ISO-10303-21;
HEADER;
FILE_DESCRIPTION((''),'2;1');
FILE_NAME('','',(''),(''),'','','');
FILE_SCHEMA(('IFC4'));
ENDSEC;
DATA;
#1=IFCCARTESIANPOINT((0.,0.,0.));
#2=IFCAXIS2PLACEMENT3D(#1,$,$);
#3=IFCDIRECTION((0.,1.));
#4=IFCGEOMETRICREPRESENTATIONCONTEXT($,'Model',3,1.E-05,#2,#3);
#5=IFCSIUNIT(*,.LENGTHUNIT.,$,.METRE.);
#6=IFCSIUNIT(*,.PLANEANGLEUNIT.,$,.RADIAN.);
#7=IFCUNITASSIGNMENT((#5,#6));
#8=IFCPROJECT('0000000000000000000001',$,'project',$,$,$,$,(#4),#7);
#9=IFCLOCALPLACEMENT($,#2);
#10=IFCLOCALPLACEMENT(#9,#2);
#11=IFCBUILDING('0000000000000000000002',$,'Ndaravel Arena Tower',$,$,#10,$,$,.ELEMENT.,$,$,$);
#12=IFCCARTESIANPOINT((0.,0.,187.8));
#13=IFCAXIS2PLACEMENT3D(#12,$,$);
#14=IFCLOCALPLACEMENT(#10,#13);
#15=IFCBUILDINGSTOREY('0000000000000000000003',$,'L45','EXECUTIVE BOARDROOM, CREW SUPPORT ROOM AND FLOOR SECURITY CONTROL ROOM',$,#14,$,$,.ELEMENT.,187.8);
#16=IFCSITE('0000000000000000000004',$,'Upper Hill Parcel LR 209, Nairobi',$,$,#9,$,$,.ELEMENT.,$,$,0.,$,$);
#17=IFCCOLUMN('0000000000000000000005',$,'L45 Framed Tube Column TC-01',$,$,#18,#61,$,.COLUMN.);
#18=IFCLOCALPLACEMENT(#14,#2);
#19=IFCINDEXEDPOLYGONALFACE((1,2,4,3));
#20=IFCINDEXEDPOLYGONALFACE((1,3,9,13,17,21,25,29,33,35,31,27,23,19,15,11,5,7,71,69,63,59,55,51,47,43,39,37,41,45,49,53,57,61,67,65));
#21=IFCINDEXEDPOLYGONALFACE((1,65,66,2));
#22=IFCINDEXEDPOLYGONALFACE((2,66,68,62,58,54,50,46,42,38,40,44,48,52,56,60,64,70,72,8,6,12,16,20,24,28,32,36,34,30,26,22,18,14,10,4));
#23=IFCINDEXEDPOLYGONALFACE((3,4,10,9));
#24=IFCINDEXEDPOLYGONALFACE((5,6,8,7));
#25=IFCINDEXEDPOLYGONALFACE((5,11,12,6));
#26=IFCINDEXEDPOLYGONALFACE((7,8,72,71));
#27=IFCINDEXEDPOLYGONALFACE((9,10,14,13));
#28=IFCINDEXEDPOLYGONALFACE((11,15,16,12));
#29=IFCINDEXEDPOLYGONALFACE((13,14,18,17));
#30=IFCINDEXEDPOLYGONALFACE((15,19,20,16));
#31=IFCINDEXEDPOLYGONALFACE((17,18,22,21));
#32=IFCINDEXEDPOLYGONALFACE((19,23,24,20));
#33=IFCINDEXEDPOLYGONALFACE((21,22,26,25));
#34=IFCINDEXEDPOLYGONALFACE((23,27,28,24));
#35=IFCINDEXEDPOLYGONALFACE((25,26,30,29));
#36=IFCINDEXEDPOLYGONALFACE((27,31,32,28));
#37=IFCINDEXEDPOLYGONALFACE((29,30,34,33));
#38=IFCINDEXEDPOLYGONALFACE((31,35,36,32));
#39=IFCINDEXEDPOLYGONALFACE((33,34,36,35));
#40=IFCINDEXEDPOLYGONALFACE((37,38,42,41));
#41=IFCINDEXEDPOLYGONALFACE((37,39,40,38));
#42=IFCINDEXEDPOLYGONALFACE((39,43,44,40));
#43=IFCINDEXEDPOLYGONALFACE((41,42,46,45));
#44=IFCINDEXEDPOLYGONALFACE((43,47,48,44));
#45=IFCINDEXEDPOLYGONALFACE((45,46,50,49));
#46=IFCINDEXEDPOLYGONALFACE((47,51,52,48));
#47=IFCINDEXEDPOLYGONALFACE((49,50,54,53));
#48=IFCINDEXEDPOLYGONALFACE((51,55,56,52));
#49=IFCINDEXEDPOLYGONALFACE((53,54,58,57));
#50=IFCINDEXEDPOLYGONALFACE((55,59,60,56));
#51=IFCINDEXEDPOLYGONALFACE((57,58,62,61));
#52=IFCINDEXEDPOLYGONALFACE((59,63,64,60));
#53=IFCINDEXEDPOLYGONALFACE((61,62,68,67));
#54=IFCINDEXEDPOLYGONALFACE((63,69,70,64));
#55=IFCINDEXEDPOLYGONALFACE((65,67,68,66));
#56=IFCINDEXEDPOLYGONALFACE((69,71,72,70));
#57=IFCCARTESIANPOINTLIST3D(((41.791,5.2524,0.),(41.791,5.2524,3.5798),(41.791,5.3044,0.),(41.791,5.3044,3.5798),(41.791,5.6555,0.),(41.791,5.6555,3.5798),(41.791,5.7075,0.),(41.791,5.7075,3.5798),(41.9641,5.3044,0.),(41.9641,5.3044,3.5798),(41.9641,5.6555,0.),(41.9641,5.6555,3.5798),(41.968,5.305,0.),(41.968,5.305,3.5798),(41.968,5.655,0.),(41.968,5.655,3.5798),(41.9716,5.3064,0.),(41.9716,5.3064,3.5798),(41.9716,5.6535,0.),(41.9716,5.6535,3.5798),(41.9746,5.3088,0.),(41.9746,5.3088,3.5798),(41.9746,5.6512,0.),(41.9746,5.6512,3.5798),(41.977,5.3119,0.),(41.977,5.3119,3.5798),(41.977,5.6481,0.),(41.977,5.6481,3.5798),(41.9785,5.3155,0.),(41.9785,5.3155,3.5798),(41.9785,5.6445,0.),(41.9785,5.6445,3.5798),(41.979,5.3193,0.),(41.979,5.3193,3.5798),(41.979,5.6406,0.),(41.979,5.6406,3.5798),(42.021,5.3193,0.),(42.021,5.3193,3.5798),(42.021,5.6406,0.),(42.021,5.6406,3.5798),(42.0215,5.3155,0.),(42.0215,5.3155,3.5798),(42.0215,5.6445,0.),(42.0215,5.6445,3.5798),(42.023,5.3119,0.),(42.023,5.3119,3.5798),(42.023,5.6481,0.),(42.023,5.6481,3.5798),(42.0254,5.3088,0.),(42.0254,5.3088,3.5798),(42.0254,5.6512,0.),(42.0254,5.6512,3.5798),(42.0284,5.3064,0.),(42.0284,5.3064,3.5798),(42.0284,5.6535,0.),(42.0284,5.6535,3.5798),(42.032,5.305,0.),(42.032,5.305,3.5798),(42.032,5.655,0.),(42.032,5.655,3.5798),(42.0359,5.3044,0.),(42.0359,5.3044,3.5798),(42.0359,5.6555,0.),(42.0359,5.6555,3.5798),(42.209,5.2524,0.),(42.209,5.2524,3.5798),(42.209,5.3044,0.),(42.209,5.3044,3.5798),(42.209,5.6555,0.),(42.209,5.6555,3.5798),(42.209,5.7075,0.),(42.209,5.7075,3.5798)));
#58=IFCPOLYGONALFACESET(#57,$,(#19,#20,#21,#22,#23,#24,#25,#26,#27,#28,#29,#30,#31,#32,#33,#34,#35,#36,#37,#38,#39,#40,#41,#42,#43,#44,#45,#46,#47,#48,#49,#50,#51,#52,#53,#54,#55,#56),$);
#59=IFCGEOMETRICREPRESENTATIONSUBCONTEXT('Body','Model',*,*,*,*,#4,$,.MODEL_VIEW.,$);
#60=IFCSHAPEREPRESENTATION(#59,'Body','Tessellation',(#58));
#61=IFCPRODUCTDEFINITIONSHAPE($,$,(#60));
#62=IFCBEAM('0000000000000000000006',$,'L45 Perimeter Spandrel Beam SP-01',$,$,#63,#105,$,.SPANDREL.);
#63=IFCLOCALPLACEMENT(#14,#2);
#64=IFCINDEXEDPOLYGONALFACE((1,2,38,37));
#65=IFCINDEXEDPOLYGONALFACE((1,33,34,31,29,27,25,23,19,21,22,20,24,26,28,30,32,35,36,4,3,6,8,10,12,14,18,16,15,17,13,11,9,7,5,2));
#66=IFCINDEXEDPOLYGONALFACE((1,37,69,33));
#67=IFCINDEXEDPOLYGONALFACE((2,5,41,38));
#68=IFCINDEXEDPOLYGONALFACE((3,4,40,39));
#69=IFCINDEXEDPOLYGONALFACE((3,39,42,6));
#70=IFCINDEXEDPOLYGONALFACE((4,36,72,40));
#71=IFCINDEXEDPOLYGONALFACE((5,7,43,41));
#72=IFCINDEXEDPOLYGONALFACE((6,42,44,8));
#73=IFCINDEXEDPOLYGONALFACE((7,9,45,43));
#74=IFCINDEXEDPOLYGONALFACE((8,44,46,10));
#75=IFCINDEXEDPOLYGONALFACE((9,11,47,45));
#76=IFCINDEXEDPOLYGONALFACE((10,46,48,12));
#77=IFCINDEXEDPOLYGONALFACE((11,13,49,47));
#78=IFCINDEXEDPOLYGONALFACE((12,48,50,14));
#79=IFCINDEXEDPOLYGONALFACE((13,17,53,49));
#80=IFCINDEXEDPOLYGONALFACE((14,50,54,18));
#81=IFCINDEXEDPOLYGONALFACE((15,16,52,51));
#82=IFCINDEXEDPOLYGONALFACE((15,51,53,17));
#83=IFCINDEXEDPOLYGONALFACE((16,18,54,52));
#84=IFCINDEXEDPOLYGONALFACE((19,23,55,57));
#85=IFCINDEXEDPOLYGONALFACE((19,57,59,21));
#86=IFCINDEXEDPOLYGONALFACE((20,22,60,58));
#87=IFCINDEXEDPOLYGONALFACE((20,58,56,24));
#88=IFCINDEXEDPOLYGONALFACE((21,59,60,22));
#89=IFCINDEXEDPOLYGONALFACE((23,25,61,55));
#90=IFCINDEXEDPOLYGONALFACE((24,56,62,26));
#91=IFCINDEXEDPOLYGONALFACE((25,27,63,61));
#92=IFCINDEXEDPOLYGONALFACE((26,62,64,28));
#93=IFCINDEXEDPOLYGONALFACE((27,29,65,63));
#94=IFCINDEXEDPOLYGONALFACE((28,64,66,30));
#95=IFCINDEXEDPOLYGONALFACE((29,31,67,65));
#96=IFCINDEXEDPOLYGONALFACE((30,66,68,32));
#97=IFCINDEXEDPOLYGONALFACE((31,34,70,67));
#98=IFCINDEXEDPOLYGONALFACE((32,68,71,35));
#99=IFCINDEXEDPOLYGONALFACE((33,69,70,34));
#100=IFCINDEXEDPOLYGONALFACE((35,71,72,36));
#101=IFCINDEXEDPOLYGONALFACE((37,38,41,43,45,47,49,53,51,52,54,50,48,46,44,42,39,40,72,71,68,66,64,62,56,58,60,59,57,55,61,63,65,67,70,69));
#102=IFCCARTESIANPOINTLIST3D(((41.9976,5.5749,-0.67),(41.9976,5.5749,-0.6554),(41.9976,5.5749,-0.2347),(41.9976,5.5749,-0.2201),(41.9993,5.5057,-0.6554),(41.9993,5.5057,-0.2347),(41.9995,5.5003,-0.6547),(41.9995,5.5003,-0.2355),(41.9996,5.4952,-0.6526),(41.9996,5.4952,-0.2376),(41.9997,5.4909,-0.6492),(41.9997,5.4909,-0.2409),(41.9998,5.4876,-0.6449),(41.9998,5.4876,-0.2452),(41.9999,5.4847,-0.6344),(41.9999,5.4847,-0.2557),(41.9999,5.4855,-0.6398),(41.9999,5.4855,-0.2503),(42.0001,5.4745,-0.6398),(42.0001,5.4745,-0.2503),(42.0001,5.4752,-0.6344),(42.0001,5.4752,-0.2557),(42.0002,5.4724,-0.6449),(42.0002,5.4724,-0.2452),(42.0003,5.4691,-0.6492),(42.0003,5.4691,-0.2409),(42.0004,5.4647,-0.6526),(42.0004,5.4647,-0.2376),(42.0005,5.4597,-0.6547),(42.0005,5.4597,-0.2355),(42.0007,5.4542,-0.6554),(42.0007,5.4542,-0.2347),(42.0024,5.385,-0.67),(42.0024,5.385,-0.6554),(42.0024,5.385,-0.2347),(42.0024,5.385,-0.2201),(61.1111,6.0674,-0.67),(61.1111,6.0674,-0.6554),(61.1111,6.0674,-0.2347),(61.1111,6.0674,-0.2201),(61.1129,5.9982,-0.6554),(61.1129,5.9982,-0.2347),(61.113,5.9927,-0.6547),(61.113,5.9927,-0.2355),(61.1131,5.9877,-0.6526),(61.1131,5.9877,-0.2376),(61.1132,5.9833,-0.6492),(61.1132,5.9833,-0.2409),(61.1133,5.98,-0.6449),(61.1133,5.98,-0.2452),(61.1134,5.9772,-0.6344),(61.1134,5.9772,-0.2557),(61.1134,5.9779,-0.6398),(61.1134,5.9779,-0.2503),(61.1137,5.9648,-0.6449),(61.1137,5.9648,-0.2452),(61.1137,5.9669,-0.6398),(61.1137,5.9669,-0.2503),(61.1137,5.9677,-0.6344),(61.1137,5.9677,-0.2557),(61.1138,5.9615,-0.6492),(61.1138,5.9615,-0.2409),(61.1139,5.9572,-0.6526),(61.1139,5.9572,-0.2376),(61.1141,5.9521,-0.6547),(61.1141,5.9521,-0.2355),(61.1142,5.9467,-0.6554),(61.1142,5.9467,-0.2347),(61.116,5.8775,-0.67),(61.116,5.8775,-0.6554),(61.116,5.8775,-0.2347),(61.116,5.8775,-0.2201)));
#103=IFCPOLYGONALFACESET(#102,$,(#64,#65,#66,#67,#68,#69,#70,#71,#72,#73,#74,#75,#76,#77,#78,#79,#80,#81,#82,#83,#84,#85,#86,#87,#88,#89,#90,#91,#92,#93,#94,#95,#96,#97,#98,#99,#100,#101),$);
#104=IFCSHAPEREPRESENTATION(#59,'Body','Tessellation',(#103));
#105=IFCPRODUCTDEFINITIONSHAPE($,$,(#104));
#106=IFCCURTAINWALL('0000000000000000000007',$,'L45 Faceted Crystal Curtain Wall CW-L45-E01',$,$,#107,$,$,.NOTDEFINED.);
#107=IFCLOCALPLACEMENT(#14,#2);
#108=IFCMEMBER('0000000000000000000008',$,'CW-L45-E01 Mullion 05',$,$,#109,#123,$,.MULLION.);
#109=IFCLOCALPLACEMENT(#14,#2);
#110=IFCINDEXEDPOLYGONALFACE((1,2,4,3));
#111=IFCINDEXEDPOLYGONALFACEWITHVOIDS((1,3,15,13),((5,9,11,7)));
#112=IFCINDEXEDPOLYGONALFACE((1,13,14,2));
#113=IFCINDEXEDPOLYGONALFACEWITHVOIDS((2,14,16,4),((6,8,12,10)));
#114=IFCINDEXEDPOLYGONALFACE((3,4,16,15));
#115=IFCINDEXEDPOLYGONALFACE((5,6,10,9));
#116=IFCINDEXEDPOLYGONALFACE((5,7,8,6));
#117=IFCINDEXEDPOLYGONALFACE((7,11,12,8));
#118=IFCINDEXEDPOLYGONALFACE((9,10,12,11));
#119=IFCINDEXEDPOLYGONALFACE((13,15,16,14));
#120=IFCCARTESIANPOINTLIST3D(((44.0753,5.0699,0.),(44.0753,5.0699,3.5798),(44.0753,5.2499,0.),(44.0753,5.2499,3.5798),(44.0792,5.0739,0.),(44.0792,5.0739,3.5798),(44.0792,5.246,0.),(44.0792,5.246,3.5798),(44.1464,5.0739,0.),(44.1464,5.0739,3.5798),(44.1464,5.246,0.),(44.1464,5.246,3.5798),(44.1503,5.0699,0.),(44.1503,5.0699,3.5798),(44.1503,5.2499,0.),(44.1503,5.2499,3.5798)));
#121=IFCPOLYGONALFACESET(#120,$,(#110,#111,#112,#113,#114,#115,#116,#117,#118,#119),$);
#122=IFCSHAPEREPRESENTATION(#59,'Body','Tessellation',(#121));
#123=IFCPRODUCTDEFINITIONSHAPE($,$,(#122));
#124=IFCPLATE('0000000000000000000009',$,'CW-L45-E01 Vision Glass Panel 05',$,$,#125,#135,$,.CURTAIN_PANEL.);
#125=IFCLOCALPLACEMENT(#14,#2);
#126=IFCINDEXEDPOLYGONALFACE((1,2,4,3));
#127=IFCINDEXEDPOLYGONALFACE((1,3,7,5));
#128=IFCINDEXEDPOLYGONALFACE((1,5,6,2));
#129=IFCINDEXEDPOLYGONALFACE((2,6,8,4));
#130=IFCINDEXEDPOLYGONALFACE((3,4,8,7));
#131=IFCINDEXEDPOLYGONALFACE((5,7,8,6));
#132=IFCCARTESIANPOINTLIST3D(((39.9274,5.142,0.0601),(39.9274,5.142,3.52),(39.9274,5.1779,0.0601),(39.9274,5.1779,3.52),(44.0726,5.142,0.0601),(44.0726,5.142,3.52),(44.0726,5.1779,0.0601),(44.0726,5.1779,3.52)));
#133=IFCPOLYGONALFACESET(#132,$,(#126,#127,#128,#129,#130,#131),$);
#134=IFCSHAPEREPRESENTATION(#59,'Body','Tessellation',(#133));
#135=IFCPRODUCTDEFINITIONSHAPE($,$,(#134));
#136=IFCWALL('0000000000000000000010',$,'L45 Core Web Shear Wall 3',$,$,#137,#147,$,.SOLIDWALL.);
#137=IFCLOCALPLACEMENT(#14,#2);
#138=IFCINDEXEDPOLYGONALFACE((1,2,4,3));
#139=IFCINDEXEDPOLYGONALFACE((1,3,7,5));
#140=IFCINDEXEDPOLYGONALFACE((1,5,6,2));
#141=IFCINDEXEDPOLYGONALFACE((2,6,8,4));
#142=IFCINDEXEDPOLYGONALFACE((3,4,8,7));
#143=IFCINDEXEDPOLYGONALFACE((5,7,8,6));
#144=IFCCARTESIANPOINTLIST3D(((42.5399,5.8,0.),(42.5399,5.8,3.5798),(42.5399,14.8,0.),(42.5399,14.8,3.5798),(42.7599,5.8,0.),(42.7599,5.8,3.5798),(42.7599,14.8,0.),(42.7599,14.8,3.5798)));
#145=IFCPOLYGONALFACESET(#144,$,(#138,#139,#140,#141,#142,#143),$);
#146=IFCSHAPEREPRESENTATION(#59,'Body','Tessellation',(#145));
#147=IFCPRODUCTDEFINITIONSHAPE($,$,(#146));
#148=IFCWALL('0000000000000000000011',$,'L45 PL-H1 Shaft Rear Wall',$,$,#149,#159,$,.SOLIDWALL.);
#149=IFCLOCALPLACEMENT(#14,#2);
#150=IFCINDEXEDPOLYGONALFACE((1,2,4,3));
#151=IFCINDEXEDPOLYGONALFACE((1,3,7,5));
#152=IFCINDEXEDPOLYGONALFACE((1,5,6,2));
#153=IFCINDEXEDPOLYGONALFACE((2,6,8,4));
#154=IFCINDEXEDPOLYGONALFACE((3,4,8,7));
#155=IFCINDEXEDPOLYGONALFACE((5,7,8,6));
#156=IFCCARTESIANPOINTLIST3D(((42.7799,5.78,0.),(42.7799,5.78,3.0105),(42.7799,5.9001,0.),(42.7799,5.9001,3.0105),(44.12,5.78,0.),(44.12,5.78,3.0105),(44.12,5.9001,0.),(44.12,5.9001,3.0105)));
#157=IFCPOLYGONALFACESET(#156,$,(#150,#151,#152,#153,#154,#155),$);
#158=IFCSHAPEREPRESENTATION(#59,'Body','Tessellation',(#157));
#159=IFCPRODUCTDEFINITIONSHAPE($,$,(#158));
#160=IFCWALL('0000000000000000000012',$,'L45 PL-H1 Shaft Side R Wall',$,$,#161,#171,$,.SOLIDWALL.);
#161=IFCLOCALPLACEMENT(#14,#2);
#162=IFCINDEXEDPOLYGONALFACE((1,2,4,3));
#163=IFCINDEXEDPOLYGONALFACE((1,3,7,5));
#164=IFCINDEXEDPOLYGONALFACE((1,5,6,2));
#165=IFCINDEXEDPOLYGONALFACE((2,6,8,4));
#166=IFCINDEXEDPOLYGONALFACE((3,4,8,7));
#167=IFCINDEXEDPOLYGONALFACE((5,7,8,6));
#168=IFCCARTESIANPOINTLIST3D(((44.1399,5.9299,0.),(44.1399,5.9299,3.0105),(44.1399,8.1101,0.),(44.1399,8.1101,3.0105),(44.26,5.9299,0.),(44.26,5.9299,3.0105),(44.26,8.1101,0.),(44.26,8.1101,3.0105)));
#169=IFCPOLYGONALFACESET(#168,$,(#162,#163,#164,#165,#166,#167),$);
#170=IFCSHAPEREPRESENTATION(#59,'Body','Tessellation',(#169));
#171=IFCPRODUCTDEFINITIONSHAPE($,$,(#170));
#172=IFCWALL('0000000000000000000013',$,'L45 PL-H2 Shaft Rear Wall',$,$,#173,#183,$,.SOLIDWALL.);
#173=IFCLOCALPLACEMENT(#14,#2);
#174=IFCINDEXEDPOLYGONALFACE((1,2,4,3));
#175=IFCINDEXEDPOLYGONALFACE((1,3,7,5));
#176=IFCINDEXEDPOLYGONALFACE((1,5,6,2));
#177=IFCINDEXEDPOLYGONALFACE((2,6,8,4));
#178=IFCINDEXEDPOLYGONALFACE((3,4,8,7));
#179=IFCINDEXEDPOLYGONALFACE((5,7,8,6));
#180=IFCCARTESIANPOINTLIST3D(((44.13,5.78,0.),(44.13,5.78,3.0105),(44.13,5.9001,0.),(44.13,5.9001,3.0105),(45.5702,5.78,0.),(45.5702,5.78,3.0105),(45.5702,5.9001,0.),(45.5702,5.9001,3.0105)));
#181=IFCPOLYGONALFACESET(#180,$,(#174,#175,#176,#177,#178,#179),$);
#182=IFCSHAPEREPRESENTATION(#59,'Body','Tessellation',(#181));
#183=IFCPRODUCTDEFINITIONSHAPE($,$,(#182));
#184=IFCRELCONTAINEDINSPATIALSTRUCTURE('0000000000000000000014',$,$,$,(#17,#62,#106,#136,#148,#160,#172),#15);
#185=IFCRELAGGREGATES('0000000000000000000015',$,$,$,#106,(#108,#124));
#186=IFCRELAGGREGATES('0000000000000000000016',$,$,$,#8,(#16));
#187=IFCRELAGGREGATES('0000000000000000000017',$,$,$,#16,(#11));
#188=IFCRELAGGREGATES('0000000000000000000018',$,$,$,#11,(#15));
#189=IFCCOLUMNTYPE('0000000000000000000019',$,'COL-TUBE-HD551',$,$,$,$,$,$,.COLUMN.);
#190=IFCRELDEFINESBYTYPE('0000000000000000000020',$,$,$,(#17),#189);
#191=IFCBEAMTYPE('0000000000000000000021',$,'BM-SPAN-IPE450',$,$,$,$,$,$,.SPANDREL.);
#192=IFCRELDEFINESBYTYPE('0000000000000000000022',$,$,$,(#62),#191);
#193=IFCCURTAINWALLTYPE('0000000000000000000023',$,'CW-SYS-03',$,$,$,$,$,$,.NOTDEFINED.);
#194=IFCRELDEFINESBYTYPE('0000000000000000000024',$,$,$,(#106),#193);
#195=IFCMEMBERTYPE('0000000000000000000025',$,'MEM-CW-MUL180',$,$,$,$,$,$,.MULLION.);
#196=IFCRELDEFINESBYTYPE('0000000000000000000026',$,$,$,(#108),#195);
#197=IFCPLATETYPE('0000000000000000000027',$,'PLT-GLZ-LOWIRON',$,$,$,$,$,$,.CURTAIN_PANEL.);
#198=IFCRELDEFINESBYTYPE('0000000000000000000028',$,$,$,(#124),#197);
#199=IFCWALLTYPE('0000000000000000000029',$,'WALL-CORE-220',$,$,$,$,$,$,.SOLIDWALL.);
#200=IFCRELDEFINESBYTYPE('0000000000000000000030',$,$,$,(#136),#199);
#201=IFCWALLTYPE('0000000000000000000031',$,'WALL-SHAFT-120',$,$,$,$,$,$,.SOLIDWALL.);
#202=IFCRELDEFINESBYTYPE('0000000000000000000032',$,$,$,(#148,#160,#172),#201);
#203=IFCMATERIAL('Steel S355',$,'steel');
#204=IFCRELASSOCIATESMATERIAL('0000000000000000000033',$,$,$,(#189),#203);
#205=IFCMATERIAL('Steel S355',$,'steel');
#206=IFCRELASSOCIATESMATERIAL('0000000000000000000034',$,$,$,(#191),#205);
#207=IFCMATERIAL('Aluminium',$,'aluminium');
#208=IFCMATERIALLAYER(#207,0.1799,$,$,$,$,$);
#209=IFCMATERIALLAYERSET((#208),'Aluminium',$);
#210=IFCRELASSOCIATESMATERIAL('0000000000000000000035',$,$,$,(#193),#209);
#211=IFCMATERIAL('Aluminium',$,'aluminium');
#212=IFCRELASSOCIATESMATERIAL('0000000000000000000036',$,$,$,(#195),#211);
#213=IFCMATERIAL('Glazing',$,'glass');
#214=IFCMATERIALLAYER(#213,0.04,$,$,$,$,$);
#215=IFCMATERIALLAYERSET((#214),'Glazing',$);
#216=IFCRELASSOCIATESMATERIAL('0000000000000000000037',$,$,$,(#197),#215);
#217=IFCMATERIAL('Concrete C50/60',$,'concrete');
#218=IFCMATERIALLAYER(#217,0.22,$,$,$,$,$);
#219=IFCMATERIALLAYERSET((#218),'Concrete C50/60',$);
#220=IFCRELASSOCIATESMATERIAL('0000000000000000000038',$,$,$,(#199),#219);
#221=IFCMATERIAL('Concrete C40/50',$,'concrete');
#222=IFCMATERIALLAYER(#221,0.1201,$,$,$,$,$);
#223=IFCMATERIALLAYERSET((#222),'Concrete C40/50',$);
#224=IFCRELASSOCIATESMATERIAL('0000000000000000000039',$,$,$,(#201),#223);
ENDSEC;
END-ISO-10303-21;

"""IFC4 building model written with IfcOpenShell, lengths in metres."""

from ifc_helpers import new_model, si_unit, direction, frame, frame_2d, origin, origin_2d, place, context, subcontext, project, spatial, rectangle, hollow_rectangle, i_section, extrude, material, layer, layer_set, material_profile, profile_set, type_object, element, aggregate, save


model = new_model("IFC4")

# Units and contexts
model_context = context("Model", 3, precision=1e-05, world=origin(), true_north=direction((0.0, 1.0)))
body_context = subcontext(model_context, "Body", "Model", "MODEL_VIEW")
ifc_project = project(units=[si_unit("LENGTHUNIT", "METRE"), si_unit("PLANEANGLEUNIT", "RADIAN")], contexts=[model_context])

# Site, building, storey
site_placement = place(None, origin())
site = spatial("IfcSite", under=ifc_project, at=site_placement, Name="Upper Hill Parcel LR 209, Nairobi", CompositionType="ELEMENT", RefElevation=0.0)
building_placement = place(site_placement, origin())
building = spatial("IfcBuilding", under=site, at=building_placement, Name="Ndaravel Arena Tower", CompositionType="ELEMENT")
storey_placement = place(building_placement, frame((0.0, 0.0, 187.8)))
storey = spatial("IfcBuildingStorey", under=building, at=storey_placement, Name="L45", Description="EXECUTIVE BOARDROOM, CREW SUPPORT ROOM AND FLOOR SECURITY CONTROL ROOM", CompositionType="ELEMENT", Elevation=187.8)

# Column
ifc_material_1 = material(Name="Steel S355", Category="steel")
ifc_material_profile_1 = material_profile(ifc_material_1, i_section(OverallWidth=0.418, OverallDepth=0.4551, WebThickness=0.042, FlangeThickness=0.052, FilletRadius=0.0149, at=origin_2d()), Name="HD 400x551")
ifc_profile_set_1 = profile_set([ifc_material_profile_1], Name="Steel S355")
column_type = type_object("IfcColumnType", Name="COL-TUBE-HD551", PredefinedType="COLUMN", material=ifc_profile_set_1)
column_placement = place(storey_placement, frame((42.0, 5.48, 0.0), z_axis=(0.0, 0.0, 1.0), x_axis=(1.0, 0.0, 0.0)))
element("IfcColumn", 1, at=column_placement, inside=storey, type_object=column_type, Name="L45 Framed Tube Column TC-01", PredefinedType="COLUMN", context=body_context, shape_type="SweptSolid", body=[
    extrude(i_section(OverallWidth=0.418, OverallDepth=0.4551, WebThickness=0.042, FlangeThickness=0.052, FilletRadius=0.0149, at=origin_2d()), origin(), (0.0, 0.0, 1.0), 3.5798),
])

# Beam
ifc_material_2 = material(Name="Steel S355", Category="steel")
ifc_material_profile_2 = material_profile(ifc_material_2, i_section(OverallWidth=0.1899, OverallDepth=0.45, WebThickness=0.0095, FlangeThickness=0.0146, FilletRadius=0.021, at=origin_2d()), Name="IPE 450")
ifc_profile_set_2 = profile_set([ifc_material_profile_2], Name="Steel S355")
beam_type = type_object("IfcBeamType", Name="BM-SPAN-IPE450", PredefinedType="SPANDREL", material=ifc_profile_set_2)
beam_placement = place(storey_placement, frame((42.0, 5.48, -0.4451), z_axis=(0.999668, 0.025755, 0.0), x_axis=(-0.025755, 0.999668, 0.0)))
element("IfcBeam", 2, at=beam_placement, inside=storey, type_object=beam_type, Name="L45 Perimeter Spandrel Beam SP-01", PredefinedType="SPANDREL", context=body_context, shape_type="SweptSolid", body=[
    extrude(i_section(OverallWidth=0.1899, OverallDepth=0.45, WebThickness=0.0095, FlangeThickness=0.0146, FilletRadius=0.021, at=origin_2d()), origin(), (0.0, 0.0, 1.0), 19.1199),
])

# Curtain wall, member, plate
ifc_material_3 = material(Name="Aluminium", Category="aluminium")
ifc_layer_1 = layer(ifc_material_3, 0.1799)
ifc_layer_set_1 = layer_set([ifc_layer_1], Name="Aluminium")
curtain_wall_type = type_object("IfcCurtainWallType", Name="CW-SYS-03", PredefinedType="NOTDEFINED", material=ifc_layer_set_1)
curtain_wall_placement = place(storey_placement, origin())
curtain_wall = element("IfcCurtainWall", 3, at=curtain_wall_placement, inside=storey, type_object=curtain_wall_type, Name="L45 Faceted Crystal Curtain Wall CW-L45-E01", PredefinedType="NOTDEFINED")
ifc_material_4 = material(Name="Aluminium", Category="aluminium")
ifc_material_profile_3 = material_profile(ifc_material_4, hollow_rectangle(XDim=0.075, YDim=0.1799, WallThickness=0.0039, at=origin_2d()), Name="CW MULLION 75x180x4")
ifc_profile_set_3 = profile_set([ifc_material_profile_3], Name="Aluminium")
member_type = type_object("IfcMemberType", Name="MEM-CW-MUL180", PredefinedType="MULLION", material=ifc_profile_set_3)
member_placement = place(storey_placement, frame((44.1128, 5.1599, 0.0), z_axis=(0.0, 0.0, 1.0), x_axis=(1.0, 0.0, 0.0)))
member = element("IfcMember", 4, at=member_placement, type_object=member_type, Name="CW-L45-E01 Mullion 05", PredefinedType="MULLION", context=body_context, shape_type="SweptSolid", body=[
    extrude(hollow_rectangle(XDim=0.075, YDim=0.1799, WallThickness=0.0039, at=origin_2d()), origin(), (0.0, 0.0, 1.0), 3.5798),
])
ifc_material_5 = material(Name="Glazing", Category="glass")
ifc_layer_2 = layer(ifc_material_5, 0.04)
ifc_layer_set_2 = layer_set([ifc_layer_2], Name="Glazing")
plate_type = type_object("IfcPlateType", Name="PLT-GLZ-LOWIRON", PredefinedType="CURTAIN_PANEL", material=ifc_layer_set_2)
plate_placement = place(storey_placement, frame((42.0, 5.1599, 0.0601), z_axis=(0.0, 0.0, 1.0), x_axis=(1.0, 0.0, 0.0)))
plate = element("IfcPlate", 5, at=plate_placement, type_object=plate_type, Name="CW-L45-E01 Vision Glass Panel 05", PredefinedType="CURTAIN_PANEL", context=body_context, shape_type="SweptSolid", body=[
    extrude(rectangle(XDim=4.1453, YDim=0.0359, at=origin_2d()), origin(), (0.0, 0.0, 1.0), 3.46),
])
aggregate(curtain_wall, [member, plate])

# Walls
ifc_material_6 = material(Name="Concrete C50/60", Category="concrete")
ifc_layer_3 = layer(ifc_material_6, 0.22)
ifc_layer_set_3 = layer_set([ifc_layer_3], Name="Concrete C50/60")
wall_type_1 = type_object("IfcWallType", Name="WALL-CORE-220", PredefinedType="SOLIDWALL", material=ifc_layer_set_3)
wall_1_placement = place(storey_placement, frame((42.6499, 5.8, 0.0), z_axis=(0.0, 0.0, 1.0), x_axis=(0.0, 1.0, 0.0)))
element("IfcWall", 6, at=wall_1_placement, inside=storey, type_object=wall_type_1, Name="L45 Core Web Shear Wall 3", PredefinedType="SOLIDWALL", context=body_context, shape_type="SweptSolid", body=[
    extrude(rectangle(XDim=9.0, YDim=0.22, at=frame_2d((4.5, 0.0))), origin(), (0.0, 0.0, 1.0), 3.5798),
])
ifc_material_7 = material(Name="Concrete C40/50", Category="concrete")
ifc_layer_4 = layer(ifc_material_7, 0.1201)
ifc_layer_set_4 = layer_set([ifc_layer_4], Name="Concrete C40/50")
wall_type_2 = type_object("IfcWallType", Name="WALL-SHAFT-120", PredefinedType="SOLIDWALL", material=ifc_layer_set_4)
wall_2_placement = place(storey_placement, frame((42.78, 5.8401, 0.0), z_axis=(0.0, 0.0, 1.0), x_axis=(1.0, 0.0, 0.0)))
element("IfcWall", 7, at=wall_2_placement, inside=storey, type_object=wall_type_2, Name="L45 PL-H1 Shaft Rear Wall", PredefinedType="SOLIDWALL", context=body_context, shape_type="SweptSolid", body=[
    extrude(rectangle(XDim=1.3401, YDim=0.1201, at=frame_2d((0.6699, 0.0))), origin(), (0.0, 0.0, 1.0), 3.0105),
])
wall_3_placement = place(storey_placement, frame((44.2, 5.9299, 0.0), z_axis=(0.0, 0.0, 1.0), x_axis=(0.0, 1.0, 0.0)))
element("IfcWall", 8, at=wall_3_placement, inside=storey, type_object=wall_type_2, Name="L45 PL-H1 Shaft Side R Wall", PredefinedType="SOLIDWALL", context=body_context, shape_type="SweptSolid", body=[
    extrude(rectangle(XDim=2.1802, YDim=0.1201, at=frame_2d((1.0901, 0.0))), origin(), (0.0, 0.0, 1.0), 3.0105),
])
wall_4_placement = place(storey_placement, frame((44.1299, 5.8401, 0.0), z_axis=(0.0, 0.0, 1.0), x_axis=(1.0, 0.0, 0.0)))
element("IfcWall", 9, at=wall_4_placement, inside=storey, type_object=wall_type_2, Name="L45 PL-H2 Shaft Rear Wall", PredefinedType="SOLIDWALL", context=body_context, shape_type="SweptSolid", body=[
    extrude(rectangle(XDim=1.4402, YDim=0.1201, at=frame_2d((0.7202, 0.0))), origin(), (0.0, 0.0, 1.0), 3.0105),
])

save(model, "model.ifc")
